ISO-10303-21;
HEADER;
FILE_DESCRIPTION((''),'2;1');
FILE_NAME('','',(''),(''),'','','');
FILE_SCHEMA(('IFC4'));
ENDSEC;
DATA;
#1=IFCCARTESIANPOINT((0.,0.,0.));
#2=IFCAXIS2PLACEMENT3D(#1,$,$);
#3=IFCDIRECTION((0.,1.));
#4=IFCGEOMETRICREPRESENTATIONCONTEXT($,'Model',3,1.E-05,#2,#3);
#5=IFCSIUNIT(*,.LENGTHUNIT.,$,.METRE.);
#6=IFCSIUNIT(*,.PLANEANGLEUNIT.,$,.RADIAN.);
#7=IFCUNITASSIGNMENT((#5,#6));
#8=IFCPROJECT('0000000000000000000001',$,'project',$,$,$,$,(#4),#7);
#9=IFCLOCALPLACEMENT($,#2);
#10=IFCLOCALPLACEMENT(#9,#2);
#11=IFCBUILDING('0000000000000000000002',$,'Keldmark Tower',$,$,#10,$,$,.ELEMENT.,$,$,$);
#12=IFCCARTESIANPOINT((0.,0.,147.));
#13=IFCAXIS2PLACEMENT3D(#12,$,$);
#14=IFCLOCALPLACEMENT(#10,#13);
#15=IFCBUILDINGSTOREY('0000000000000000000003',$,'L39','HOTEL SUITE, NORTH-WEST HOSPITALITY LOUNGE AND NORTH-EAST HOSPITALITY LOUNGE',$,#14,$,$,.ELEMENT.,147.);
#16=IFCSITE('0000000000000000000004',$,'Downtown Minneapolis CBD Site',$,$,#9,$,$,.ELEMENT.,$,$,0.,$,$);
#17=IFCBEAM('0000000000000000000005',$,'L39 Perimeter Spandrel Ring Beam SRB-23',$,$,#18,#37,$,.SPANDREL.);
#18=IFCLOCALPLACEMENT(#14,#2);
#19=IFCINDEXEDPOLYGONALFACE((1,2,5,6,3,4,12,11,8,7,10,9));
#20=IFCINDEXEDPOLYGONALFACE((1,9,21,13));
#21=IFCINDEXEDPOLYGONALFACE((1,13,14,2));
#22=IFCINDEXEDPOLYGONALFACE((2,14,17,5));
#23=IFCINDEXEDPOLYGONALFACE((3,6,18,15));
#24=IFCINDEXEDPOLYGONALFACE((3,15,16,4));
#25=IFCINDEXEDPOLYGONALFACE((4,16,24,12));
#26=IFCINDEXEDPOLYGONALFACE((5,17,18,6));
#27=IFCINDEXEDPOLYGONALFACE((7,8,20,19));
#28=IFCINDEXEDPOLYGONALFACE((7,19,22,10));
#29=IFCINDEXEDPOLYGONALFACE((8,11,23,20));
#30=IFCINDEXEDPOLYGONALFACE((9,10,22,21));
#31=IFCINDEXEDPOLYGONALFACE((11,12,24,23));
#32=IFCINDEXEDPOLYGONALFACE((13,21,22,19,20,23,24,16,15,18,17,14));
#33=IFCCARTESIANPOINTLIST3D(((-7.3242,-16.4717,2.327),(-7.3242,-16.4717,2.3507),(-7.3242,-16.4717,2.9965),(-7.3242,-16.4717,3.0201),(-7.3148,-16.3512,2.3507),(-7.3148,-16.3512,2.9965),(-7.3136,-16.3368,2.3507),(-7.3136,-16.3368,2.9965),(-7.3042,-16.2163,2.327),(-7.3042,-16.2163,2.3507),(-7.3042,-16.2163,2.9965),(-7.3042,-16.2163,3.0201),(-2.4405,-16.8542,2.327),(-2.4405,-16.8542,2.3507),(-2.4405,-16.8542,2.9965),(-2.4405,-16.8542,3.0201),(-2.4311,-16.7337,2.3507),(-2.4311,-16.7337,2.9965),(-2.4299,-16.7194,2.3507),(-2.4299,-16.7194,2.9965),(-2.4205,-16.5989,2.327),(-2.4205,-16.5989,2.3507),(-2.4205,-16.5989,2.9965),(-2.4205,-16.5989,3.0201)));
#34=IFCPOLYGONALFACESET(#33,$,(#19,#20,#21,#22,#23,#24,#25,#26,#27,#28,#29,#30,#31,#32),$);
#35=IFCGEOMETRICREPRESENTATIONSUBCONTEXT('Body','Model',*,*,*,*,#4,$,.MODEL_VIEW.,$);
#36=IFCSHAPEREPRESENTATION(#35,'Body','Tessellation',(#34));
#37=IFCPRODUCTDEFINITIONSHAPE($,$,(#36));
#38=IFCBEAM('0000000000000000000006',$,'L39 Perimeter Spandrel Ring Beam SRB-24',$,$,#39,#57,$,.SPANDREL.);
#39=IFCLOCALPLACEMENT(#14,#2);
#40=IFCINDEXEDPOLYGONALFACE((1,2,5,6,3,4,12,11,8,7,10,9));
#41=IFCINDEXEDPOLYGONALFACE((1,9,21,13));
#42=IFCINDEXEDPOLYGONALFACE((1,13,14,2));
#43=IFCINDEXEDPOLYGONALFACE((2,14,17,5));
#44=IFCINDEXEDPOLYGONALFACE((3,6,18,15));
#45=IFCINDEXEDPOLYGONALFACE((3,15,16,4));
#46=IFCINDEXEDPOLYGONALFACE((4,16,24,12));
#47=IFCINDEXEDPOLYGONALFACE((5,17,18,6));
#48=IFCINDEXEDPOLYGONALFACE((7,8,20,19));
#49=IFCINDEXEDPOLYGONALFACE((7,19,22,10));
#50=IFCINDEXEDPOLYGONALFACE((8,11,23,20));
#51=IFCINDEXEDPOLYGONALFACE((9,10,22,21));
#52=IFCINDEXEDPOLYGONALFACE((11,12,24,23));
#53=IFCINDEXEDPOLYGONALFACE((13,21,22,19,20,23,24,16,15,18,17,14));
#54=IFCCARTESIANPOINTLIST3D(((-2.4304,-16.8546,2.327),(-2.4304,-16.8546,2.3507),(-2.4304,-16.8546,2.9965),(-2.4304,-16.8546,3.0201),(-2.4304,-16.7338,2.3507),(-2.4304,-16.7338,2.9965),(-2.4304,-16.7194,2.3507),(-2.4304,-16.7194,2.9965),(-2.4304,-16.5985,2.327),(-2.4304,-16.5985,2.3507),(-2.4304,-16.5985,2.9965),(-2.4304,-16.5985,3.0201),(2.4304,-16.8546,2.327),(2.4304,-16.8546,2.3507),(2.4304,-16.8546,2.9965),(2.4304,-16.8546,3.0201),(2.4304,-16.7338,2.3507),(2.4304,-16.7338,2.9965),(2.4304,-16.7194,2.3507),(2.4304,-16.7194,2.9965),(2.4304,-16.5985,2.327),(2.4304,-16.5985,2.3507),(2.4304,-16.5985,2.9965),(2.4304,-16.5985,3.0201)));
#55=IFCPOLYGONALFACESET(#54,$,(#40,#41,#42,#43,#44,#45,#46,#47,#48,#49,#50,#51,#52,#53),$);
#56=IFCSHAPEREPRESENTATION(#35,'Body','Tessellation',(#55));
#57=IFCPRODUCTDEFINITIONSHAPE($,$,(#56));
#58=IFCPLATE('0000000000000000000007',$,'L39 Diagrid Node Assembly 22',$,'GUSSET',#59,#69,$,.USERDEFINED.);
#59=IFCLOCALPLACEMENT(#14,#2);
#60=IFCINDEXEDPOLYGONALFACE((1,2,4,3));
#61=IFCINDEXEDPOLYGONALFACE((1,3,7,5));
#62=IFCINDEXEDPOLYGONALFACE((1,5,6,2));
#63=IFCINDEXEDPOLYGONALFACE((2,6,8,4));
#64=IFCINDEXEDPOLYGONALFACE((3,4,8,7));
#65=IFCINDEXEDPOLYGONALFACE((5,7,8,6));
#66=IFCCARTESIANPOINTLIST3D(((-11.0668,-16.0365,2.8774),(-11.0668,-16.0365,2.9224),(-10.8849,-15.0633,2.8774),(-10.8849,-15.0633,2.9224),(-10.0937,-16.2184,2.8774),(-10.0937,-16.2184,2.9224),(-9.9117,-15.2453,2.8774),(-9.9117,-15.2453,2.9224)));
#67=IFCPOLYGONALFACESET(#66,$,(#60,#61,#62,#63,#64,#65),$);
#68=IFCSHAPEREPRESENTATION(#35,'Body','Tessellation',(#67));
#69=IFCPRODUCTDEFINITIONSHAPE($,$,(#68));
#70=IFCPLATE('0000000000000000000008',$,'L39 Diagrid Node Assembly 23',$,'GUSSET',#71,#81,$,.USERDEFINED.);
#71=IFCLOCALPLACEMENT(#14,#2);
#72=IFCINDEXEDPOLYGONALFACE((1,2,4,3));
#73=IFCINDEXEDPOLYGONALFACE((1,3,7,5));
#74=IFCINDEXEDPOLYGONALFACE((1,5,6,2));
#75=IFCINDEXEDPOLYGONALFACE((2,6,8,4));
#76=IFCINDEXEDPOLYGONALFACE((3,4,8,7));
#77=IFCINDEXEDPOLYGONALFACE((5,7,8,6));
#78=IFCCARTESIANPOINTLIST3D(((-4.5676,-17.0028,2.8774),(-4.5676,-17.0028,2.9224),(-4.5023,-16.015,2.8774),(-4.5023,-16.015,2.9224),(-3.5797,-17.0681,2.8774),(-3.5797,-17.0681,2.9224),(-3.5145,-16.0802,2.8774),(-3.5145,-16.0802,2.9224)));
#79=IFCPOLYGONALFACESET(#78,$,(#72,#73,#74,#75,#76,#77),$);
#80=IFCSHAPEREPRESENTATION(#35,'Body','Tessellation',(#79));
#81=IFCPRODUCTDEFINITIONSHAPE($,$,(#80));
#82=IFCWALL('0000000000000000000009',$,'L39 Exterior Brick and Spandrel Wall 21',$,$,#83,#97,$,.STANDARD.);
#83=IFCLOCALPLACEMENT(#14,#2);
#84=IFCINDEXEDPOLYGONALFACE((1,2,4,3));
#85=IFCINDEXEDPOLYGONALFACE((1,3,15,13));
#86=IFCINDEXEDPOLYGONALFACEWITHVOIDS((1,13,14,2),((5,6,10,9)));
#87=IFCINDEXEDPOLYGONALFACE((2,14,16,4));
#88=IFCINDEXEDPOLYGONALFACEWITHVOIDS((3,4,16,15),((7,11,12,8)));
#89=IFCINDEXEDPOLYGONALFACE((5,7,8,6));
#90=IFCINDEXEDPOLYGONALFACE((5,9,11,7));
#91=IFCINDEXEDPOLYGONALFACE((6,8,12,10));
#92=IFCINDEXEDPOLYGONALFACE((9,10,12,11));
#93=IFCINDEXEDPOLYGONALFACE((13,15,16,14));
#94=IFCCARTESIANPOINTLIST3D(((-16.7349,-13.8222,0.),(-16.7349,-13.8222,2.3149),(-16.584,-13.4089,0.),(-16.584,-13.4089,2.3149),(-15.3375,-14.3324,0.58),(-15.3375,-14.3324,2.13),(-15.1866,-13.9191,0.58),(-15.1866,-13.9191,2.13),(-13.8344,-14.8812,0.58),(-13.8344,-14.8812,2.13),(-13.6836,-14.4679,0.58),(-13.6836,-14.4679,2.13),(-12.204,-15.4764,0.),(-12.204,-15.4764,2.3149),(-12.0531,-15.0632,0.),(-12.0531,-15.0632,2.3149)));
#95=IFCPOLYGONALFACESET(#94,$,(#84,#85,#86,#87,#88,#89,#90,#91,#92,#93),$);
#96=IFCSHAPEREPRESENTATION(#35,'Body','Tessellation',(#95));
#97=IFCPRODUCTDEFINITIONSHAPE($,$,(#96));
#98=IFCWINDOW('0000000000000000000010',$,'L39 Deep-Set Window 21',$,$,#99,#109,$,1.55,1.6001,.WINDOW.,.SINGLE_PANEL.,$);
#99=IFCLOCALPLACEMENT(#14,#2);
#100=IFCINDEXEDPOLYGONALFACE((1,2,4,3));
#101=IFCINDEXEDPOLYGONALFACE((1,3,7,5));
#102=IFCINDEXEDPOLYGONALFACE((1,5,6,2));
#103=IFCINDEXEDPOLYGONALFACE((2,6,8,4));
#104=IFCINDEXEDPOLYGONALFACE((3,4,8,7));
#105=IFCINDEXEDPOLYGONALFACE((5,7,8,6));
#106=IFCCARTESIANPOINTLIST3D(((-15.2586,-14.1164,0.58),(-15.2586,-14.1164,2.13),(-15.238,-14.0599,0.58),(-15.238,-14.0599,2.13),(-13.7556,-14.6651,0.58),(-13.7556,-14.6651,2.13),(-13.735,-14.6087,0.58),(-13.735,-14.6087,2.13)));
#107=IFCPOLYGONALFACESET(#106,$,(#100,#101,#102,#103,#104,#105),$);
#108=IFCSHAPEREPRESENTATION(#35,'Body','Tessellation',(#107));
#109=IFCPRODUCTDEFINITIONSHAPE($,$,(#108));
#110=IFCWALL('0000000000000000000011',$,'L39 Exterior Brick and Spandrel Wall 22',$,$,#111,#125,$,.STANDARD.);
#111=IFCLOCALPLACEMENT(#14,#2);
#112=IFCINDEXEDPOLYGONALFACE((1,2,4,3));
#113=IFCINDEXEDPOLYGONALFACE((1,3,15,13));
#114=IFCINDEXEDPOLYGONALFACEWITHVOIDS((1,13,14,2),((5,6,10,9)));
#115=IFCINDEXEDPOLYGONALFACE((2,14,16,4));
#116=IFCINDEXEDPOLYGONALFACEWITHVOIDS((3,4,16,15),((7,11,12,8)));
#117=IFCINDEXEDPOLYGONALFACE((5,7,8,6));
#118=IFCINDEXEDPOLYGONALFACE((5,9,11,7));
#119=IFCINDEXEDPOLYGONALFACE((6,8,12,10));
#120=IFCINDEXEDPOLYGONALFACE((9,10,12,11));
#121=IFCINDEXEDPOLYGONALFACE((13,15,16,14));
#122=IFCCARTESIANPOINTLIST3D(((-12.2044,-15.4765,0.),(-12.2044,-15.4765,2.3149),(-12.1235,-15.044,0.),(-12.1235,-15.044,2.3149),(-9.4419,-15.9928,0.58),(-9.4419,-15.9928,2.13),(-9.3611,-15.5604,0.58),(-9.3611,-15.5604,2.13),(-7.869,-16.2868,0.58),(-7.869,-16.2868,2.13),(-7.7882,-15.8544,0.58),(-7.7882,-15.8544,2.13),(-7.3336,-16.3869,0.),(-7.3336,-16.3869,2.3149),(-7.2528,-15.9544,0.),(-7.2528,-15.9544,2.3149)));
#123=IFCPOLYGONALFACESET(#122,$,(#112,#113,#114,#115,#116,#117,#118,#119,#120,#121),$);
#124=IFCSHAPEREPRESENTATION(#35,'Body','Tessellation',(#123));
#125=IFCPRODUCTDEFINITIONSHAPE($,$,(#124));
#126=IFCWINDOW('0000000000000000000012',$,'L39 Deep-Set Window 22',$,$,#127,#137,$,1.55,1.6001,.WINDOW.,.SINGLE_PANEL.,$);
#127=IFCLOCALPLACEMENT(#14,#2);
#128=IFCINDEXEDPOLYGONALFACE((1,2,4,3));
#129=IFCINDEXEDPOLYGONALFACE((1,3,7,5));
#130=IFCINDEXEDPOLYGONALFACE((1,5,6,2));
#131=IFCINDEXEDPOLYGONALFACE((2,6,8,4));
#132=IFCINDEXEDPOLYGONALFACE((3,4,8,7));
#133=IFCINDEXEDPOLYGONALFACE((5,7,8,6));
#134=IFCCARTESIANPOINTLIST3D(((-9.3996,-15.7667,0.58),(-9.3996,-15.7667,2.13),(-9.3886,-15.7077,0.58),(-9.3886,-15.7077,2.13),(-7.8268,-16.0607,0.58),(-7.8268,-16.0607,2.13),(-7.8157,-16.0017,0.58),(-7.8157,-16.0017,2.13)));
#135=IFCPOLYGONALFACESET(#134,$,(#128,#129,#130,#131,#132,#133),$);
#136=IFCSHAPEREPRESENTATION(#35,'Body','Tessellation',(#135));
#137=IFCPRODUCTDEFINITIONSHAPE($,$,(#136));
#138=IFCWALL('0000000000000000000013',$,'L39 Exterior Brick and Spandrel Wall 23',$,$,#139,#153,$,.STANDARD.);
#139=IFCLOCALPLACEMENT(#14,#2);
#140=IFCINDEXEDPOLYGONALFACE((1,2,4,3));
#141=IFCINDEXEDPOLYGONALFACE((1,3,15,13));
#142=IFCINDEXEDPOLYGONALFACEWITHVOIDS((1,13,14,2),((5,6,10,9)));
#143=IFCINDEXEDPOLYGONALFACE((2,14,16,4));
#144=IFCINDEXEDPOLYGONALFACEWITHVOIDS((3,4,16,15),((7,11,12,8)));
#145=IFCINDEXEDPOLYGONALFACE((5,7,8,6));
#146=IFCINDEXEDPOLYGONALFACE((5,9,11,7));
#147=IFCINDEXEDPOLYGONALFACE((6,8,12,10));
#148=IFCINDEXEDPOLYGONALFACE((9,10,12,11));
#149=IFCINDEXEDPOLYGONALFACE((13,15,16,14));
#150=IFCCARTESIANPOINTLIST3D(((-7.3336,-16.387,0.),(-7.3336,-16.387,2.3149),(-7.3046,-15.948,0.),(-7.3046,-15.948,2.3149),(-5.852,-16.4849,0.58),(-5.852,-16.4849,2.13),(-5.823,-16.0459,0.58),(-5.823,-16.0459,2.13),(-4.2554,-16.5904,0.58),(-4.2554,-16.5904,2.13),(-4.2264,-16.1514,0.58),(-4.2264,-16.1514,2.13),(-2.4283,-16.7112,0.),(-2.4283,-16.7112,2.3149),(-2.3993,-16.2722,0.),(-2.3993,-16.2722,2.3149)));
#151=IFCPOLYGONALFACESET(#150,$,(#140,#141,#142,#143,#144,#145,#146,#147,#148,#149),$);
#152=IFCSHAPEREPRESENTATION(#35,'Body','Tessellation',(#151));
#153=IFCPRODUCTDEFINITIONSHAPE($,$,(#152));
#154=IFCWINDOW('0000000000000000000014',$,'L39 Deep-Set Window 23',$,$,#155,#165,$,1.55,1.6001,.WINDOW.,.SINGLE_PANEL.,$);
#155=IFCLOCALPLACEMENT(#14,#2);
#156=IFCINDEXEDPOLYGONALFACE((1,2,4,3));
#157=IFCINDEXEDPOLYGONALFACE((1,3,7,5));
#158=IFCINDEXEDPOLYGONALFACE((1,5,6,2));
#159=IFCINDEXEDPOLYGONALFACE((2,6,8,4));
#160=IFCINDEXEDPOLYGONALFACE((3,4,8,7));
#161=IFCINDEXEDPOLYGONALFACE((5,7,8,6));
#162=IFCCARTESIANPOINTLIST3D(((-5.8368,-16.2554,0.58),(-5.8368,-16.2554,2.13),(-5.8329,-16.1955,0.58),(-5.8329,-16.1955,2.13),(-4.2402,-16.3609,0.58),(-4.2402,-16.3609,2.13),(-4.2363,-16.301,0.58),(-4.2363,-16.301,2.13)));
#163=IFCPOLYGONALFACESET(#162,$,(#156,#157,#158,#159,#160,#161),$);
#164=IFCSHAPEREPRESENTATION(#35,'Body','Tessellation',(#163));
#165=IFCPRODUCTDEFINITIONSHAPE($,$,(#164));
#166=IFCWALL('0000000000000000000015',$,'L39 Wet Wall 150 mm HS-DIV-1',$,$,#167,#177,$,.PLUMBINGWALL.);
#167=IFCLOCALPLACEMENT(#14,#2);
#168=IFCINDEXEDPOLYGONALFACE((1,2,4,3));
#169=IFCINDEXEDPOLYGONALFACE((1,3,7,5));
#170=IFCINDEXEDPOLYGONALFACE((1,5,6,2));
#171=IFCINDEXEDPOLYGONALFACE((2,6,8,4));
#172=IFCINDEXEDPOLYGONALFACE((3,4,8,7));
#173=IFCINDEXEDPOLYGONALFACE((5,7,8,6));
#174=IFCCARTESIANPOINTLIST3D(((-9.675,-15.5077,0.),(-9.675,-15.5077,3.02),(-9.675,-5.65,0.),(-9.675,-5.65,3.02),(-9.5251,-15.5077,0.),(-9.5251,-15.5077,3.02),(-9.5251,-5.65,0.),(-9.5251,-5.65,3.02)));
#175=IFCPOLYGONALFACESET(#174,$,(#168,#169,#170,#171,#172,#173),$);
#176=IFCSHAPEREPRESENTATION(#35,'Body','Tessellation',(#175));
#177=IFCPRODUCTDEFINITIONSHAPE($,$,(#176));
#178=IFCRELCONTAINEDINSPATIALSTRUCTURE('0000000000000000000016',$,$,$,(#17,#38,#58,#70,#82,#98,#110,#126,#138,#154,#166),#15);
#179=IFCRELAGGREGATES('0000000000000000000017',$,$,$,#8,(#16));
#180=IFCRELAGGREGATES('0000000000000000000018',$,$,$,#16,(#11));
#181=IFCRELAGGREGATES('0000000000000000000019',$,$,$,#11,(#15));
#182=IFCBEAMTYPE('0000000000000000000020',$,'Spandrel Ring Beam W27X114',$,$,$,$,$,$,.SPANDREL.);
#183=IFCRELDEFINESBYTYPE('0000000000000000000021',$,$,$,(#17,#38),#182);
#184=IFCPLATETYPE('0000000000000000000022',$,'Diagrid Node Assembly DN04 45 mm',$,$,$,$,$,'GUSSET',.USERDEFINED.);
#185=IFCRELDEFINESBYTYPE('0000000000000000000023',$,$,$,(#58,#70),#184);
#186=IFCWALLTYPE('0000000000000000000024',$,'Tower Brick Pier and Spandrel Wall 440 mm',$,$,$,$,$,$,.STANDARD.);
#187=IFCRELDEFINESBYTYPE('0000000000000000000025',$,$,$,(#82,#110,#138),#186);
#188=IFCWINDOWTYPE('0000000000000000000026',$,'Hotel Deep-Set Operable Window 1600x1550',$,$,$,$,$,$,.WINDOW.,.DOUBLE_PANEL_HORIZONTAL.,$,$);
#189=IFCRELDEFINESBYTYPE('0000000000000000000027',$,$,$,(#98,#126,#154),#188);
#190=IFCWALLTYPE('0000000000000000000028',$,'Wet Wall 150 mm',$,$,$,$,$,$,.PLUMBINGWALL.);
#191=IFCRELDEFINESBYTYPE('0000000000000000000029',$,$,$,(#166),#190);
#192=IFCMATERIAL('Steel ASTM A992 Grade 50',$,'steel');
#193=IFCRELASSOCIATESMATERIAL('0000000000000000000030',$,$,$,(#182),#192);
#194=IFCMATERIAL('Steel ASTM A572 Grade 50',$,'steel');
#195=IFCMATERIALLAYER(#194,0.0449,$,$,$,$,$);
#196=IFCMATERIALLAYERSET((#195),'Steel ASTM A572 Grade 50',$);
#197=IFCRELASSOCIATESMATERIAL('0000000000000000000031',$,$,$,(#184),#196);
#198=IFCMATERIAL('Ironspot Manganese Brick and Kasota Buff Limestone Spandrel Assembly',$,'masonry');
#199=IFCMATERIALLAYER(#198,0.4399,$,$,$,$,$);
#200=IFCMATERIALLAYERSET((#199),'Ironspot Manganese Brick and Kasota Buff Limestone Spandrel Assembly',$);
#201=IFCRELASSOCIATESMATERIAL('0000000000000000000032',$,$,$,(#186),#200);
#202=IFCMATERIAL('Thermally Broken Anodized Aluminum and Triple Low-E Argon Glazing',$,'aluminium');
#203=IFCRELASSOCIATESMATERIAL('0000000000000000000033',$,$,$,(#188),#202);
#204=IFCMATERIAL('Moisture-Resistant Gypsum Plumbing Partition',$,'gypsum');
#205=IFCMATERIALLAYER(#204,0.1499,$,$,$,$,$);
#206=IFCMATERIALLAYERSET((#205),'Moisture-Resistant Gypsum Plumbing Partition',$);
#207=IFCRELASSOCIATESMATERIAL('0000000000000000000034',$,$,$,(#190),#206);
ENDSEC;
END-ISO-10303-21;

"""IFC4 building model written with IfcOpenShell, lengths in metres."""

from ifc_helpers import new_model, si_unit, direction, frame, frame_2d, origin, origin_2d, place, context, subcontext, project, spatial, rectangle, i_section, extrude, material, layer, layer_set, material_profile, profile_set, type_object, element, fill, save


model = new_model("IFC4")

# Units and contexts
model_context = context("Model", 3, precision=1e-05, world=origin(), true_north=direction((0.0, 1.0)))
body_context = subcontext(model_context, "Body", "Model", "MODEL_VIEW")
ifc_project = project(units=[si_unit("LENGTHUNIT", "METRE"), si_unit("PLANEANGLEUNIT", "RADIAN")], contexts=[model_context])

# Site, building, storey
site_placement = place(None, origin())
site = spatial("IfcSite", under=ifc_project, at=site_placement, Name="Downtown Minneapolis CBD Site", CompositionType="ELEMENT", RefElevation=0.0)
building_placement = place(site_placement, origin())
building = spatial("IfcBuilding", under=site, at=building_placement, Name="Keldmark Tower", CompositionType="ELEMENT")
storey_placement = place(building_placement, frame((0.0, 0.0, 147.0)))
storey = spatial("IfcBuildingStorey", under=building, at=storey_placement, Name="L39", Description="HOTEL SUITE, NORTH-WEST HOSPITALITY LOUNGE AND NORTH-EAST HOSPITALITY LOUNGE", CompositionType="ELEMENT", Elevation=147.0)

# Beams
ifc_material_1 = material(Name="Steel ASTM A992 Grade 50", Category="steel")
ifc_material_profile_1 = material_profile(ifc_material_1, i_section(OverallWidth=0.2561, OverallDepth=0.6931, WebThickness=0.0144, FlangeThickness=0.0237, at=origin_2d()), Name="W27X114")
ifc_profile_set_1 = profile_set([ifc_material_profile_1], Name="Steel ASTM A992 Grade 50")
beam_type_1 = type_object("IfcBeamType", Name="Spandrel Ring Beam W27X114", PredefinedType="SPANDREL", material=ifc_profile_set_1)
beam_1_placement = place(storey_placement, frame((-7.3142, -16.344, 2.6736), z_axis=(0.996946, -0.078095, 0.0), x_axis=(0.078095, 0.996946, 0.0)))
element("IfcBeam", 1, at=beam_1_placement, inside=storey, type_object=beam_type_1, Name="L39 Perimeter Spandrel Ring Beam SRB-23", PredefinedType="SPANDREL", context=body_context, shape_type="SweptSolid", body=[
    extrude(i_section(OverallWidth=0.2561, OverallDepth=0.6931, WebThickness=0.0144, FlangeThickness=0.0237, at=origin_2d()), origin(), (0.0, 0.0, 1.0), 4.8987),
])
beam_2_placement = place(storey_placement, frame((-2.4304, -16.7266, 2.6736), z_axis=(1.0, 0.0, 0.0), x_axis=(0.0, 1.0, 0.0)))
element("IfcBeam", 2, at=beam_2_placement, inside=storey, type_object=beam_type_1, Name="L39 Perimeter Spandrel Ring Beam SRB-24", PredefinedType="SPANDREL", context=body_context, shape_type="SweptSolid", body=[
    extrude(i_section(OverallWidth=0.2561, OverallDepth=0.6931, WebThickness=0.0144, FlangeThickness=0.0237, at=origin_2d()), origin(), (0.0, 0.0, 1.0), 4.8608),
])

# Plates
ifc_material_2 = material(Name="Steel ASTM A572 Grade 50", Category="steel")
ifc_layer_1 = layer(ifc_material_2, 0.0449)
ifc_layer_set_1 = layer_set([ifc_layer_1], Name="Steel ASTM A572 Grade 50")
plate_type = type_object("IfcPlateType", Name="Diagrid Node Assembly DN04 45 mm", ElementType="GUSSET", PredefinedType="USERDEFINED", material=ifc_layer_set_1)
for number, where, z_axis, x_axis, name in (
    (3, (-10.4893, -15.6409, 2.8774), (0.0, 0.0, 1.0), (0.982967, -0.18378, 0.0), "L39 Diagrid Node Assembly 22"),
    (4, (-4.041, -16.5415, 2.8774), (0.0, 0.0, 1.0), (0.997825, -0.065926, 0.0), "L39 Diagrid Node Assembly 23"),
):
    element("IfcPlate", number, at=place(storey_placement, frame(where, z_axis=z_axis, x_axis=x_axis)), inside=storey, type_object=plate_type, Name=name, ObjectType="GUSSET", PredefinedType="USERDEFINED", context=body_context, shape_type="SweptSolid", body=[
        extrude(rectangle(XDim=0.99, YDim=0.99, at=origin_2d()), origin(), (0.0, 0.0, 1.0), 0.0449),
    ])

# Walls, openings, windows
ifc_material_3 = material(Name="Ironspot Manganese Brick and Kasota Buff Limestone Spandrel Assembly", Category="masonry")
ifc_layer_2 = layer(ifc_material_3, 0.4399)
ifc_layer_set_2 = layer_set([ifc_layer_2], Name="Ironspot Manganese Brick and Kasota Buff Limestone Spandrel Assembly")
wall_type_1 = type_object("IfcWallType", Name="Tower Brick Pier and Spandrel Wall 440 mm", PredefinedType="STANDARD", material=ifc_layer_set_2)
wall_1_placement = place(storey_placement, frame((-12.1287, -15.2698, 0.0), z_axis=(0.0, 0.0, 1.0), x_axis=(-0.939349, 0.342962, 0.0)))
wall_1 = element("IfcWall", 5, at=wall_1_placement, inside=storey, type_object=wall_type_1, Name="L39 Exterior Brick and Spandrel Wall 21", PredefinedType="STANDARD", context=body_context, shape_type="SweptSolid", body=[
    extrude(rectangle(XDim=4.8235, YDim=0.4399, at=frame_2d((2.4116, 0.0))), origin(), (0.0, 0.0, 1.0), 2.3149),
])
opening_1_placement = place(wall_1_placement, frame((1.7356, 0.0, 0.5801)))
opening_1 = element("IfcOpeningElement", 6, at=opening_1_placement, cuts=wall_1, PredefinedType="OPENING", context=body_context, shape_type="SweptSolid", body=[
    extrude(rectangle(XDim=1.6001, YDim=1.55, at=frame_2d((0.8, 0.7749))), frame((0.0, 0.23, 0.0), z_axis=(0.0, -1.0, 0.0), x_axis=(1.0, 0.0, 0.0)), (0.0, 0.0, 1.0), 0.46),
])
ifc_material_4 = material(Name="Thermally Broken Anodized Aluminum and Triple Low-E Argon Glazing", Category="aluminium")
window_type = type_object("IfcWindowType", Name="Hotel Deep-Set Operable Window 1600x1550", PartitioningType="DOUBLE_PANEL_HORIZONTAL", PredefinedType="WINDOW", material=ifc_material_4)
window_1_placement = place(opening_1_placement, origin())
window_1 = element("IfcWindow", 7, at=window_1_placement, inside=storey, type_object=window_type, Name="L39 Deep-Set Window 21", OverallHeight=1.55, OverallWidth=1.6001, PartitioningType="SINGLE_PANEL", PredefinedType="WINDOW", context=body_context, shape_type="SweptSolid", body=[
    extrude(rectangle(XDim=1.6001, YDim=1.55, at=frame_2d((0.8, 0.7749))), frame((0.0, -0.01, 0.0), z_axis=(0.0, -1.0, 0.0), x_axis=(1.0, 0.0, 0.0)), (0.0, 0.0, 1.0), 0.0601),
])
fill(opening_1, window_1)
wall_2_placement = place(storey_placement, frame((-7.2932, -16.1707, 0.0), z_axis=(0.0, 0.0, 1.0), x_axis=(-0.982976, 0.183735, 0.0)))
wall_2 = element("IfcWall", 8, at=wall_2_placement, inside=storey, type_object=wall_type_1, Name="L39 Exterior Brick and Spandrel Wall 22", PredefinedType="STANDARD", context=body_context, shape_type="SweptSolid", body=[
    extrude(rectangle(XDim=4.9551, YDim=0.4399, at=frame_2d((2.4775, 0.0))), origin(), (0.0, 0.0, 1.0), 2.3149),
])
opening_2_placement = place(wall_2_placement, frame((0.5447, 0.0, 0.5801)))
opening_2 = element("IfcOpeningElement", 9, at=opening_2_placement, cuts=wall_2, PredefinedType="OPENING", context=body_context, shape_type="SweptSolid", body=[
    extrude(rectangle(XDim=1.6001, YDim=1.55, at=frame_2d((0.8, 0.7749))), frame((0.0, 0.23, 0.0), z_axis=(0.0, -1.0, 0.0), x_axis=(1.0, 0.0, 0.0)), (0.0, 0.0, 1.0), 0.46),
])
window_2_placement = place(opening_2_placement, origin())
window_2 = element("IfcWindow", 10, at=window_2_placement, inside=storey, type_object=window_type, Name="L39 Deep-Set Window 22", OverallHeight=1.55, OverallWidth=1.6001, PartitioningType="SINGLE_PANEL", PredefinedType="WINDOW", context=body_context, shape_type="SweptSolid", body=[
    extrude(rectangle(XDim=1.6001, YDim=1.55, at=frame_2d((0.8, 0.7749))), frame((0.0, -0.01, 0.0), z_axis=(0.0, -1.0, 0.0), x_axis=(1.0, 0.0, 0.0)), (0.0, 0.0, 1.0), 0.0601),
])
fill(opening_2, window_2)
wall_3_placement = place(storey_placement, frame((-2.4138, -16.4917, 0.0), z_axis=(0.0, 0.0, 1.0), x_axis=(-0.997823, 0.065952, 0.0)))
wall_3 = element("IfcWall", 11, at=wall_3_placement, inside=storey, type_object=wall_type_1, Name="L39 Exterior Brick and Spandrel Wall 23", PredefinedType="STANDARD", context=body_context, shape_type="SweptSolid", body=[
    extrude(rectangle(XDim=4.916, YDim=0.4399, at=frame_2d((2.458, 0.0))), origin(), (0.0, 0.0, 1.0), 2.3149),
])
opening_3_placement = place(wall_3_placement, frame((1.8311, 0.0, 0.5801)))
opening_3 = element("IfcOpeningElement", 12, at=opening_3_placement, cuts=wall_3, PredefinedType="OPENING", context=body_context, shape_type="SweptSolid", body=[
    extrude(rectangle(XDim=1.6001, YDim=1.55, at=frame_2d((0.8, 0.7749))), frame((0.0, 0.23, 0.0), z_axis=(0.0, -1.0, 0.0), x_axis=(1.0, 0.0, 0.0)), (0.0, 0.0, 1.0), 0.46),
])
window_3_placement = place(opening_3_placement, origin())
window_3 = element("IfcWindow", 13, at=window_3_placement, inside=storey, type_object=window_type, Name="L39 Deep-Set Window 23", OverallHeight=1.55, OverallWidth=1.6001, PartitioningType="SINGLE_PANEL", PredefinedType="WINDOW", context=body_context, shape_type="SweptSolid", body=[
    extrude(rectangle(XDim=1.6001, YDim=1.55, at=frame_2d((0.8, 0.7749))), frame((0.0, -0.01, 0.0), z_axis=(0.0, -1.0, 0.0), x_axis=(1.0, 0.0, 0.0)), (0.0, 0.0, 1.0), 0.0601),
])
fill(opening_3, window_3)

# Wall
ifc_material_5 = material(Name="Moisture-Resistant Gypsum Plumbing Partition", Category="gypsum")
ifc_layer_3 = layer(ifc_material_5, 0.1499)
ifc_layer_set_3 = layer_set([ifc_layer_3], Name="Moisture-Resistant Gypsum Plumbing Partition")
wall_type_2 = type_object("IfcWallType", Name="Wet Wall 150 mm", PredefinedType="PLUMBINGWALL", material=ifc_layer_set_3)
wall_4_placement = place(storey_placement, frame((-9.6001, -15.5076, 0.0), z_axis=(0.0, 0.0, 1.0), x_axis=(0.0, 1.0, 0.0)))
element("IfcWall", 14, at=wall_4_placement, inside=storey, type_object=wall_type_2, Name="L39 Wet Wall 150 mm HS-DIV-1", PredefinedType="PLUMBINGWALL", context=body_context, shape_type="SweptSolid", body=[
    extrude(rectangle(XDim=9.8577, YDim=0.1499, at=frame_2d((4.9287, 0.0))), origin(), (0.0, 0.0, 1.0), 3.02),
])

save(model, "model.ifc")
